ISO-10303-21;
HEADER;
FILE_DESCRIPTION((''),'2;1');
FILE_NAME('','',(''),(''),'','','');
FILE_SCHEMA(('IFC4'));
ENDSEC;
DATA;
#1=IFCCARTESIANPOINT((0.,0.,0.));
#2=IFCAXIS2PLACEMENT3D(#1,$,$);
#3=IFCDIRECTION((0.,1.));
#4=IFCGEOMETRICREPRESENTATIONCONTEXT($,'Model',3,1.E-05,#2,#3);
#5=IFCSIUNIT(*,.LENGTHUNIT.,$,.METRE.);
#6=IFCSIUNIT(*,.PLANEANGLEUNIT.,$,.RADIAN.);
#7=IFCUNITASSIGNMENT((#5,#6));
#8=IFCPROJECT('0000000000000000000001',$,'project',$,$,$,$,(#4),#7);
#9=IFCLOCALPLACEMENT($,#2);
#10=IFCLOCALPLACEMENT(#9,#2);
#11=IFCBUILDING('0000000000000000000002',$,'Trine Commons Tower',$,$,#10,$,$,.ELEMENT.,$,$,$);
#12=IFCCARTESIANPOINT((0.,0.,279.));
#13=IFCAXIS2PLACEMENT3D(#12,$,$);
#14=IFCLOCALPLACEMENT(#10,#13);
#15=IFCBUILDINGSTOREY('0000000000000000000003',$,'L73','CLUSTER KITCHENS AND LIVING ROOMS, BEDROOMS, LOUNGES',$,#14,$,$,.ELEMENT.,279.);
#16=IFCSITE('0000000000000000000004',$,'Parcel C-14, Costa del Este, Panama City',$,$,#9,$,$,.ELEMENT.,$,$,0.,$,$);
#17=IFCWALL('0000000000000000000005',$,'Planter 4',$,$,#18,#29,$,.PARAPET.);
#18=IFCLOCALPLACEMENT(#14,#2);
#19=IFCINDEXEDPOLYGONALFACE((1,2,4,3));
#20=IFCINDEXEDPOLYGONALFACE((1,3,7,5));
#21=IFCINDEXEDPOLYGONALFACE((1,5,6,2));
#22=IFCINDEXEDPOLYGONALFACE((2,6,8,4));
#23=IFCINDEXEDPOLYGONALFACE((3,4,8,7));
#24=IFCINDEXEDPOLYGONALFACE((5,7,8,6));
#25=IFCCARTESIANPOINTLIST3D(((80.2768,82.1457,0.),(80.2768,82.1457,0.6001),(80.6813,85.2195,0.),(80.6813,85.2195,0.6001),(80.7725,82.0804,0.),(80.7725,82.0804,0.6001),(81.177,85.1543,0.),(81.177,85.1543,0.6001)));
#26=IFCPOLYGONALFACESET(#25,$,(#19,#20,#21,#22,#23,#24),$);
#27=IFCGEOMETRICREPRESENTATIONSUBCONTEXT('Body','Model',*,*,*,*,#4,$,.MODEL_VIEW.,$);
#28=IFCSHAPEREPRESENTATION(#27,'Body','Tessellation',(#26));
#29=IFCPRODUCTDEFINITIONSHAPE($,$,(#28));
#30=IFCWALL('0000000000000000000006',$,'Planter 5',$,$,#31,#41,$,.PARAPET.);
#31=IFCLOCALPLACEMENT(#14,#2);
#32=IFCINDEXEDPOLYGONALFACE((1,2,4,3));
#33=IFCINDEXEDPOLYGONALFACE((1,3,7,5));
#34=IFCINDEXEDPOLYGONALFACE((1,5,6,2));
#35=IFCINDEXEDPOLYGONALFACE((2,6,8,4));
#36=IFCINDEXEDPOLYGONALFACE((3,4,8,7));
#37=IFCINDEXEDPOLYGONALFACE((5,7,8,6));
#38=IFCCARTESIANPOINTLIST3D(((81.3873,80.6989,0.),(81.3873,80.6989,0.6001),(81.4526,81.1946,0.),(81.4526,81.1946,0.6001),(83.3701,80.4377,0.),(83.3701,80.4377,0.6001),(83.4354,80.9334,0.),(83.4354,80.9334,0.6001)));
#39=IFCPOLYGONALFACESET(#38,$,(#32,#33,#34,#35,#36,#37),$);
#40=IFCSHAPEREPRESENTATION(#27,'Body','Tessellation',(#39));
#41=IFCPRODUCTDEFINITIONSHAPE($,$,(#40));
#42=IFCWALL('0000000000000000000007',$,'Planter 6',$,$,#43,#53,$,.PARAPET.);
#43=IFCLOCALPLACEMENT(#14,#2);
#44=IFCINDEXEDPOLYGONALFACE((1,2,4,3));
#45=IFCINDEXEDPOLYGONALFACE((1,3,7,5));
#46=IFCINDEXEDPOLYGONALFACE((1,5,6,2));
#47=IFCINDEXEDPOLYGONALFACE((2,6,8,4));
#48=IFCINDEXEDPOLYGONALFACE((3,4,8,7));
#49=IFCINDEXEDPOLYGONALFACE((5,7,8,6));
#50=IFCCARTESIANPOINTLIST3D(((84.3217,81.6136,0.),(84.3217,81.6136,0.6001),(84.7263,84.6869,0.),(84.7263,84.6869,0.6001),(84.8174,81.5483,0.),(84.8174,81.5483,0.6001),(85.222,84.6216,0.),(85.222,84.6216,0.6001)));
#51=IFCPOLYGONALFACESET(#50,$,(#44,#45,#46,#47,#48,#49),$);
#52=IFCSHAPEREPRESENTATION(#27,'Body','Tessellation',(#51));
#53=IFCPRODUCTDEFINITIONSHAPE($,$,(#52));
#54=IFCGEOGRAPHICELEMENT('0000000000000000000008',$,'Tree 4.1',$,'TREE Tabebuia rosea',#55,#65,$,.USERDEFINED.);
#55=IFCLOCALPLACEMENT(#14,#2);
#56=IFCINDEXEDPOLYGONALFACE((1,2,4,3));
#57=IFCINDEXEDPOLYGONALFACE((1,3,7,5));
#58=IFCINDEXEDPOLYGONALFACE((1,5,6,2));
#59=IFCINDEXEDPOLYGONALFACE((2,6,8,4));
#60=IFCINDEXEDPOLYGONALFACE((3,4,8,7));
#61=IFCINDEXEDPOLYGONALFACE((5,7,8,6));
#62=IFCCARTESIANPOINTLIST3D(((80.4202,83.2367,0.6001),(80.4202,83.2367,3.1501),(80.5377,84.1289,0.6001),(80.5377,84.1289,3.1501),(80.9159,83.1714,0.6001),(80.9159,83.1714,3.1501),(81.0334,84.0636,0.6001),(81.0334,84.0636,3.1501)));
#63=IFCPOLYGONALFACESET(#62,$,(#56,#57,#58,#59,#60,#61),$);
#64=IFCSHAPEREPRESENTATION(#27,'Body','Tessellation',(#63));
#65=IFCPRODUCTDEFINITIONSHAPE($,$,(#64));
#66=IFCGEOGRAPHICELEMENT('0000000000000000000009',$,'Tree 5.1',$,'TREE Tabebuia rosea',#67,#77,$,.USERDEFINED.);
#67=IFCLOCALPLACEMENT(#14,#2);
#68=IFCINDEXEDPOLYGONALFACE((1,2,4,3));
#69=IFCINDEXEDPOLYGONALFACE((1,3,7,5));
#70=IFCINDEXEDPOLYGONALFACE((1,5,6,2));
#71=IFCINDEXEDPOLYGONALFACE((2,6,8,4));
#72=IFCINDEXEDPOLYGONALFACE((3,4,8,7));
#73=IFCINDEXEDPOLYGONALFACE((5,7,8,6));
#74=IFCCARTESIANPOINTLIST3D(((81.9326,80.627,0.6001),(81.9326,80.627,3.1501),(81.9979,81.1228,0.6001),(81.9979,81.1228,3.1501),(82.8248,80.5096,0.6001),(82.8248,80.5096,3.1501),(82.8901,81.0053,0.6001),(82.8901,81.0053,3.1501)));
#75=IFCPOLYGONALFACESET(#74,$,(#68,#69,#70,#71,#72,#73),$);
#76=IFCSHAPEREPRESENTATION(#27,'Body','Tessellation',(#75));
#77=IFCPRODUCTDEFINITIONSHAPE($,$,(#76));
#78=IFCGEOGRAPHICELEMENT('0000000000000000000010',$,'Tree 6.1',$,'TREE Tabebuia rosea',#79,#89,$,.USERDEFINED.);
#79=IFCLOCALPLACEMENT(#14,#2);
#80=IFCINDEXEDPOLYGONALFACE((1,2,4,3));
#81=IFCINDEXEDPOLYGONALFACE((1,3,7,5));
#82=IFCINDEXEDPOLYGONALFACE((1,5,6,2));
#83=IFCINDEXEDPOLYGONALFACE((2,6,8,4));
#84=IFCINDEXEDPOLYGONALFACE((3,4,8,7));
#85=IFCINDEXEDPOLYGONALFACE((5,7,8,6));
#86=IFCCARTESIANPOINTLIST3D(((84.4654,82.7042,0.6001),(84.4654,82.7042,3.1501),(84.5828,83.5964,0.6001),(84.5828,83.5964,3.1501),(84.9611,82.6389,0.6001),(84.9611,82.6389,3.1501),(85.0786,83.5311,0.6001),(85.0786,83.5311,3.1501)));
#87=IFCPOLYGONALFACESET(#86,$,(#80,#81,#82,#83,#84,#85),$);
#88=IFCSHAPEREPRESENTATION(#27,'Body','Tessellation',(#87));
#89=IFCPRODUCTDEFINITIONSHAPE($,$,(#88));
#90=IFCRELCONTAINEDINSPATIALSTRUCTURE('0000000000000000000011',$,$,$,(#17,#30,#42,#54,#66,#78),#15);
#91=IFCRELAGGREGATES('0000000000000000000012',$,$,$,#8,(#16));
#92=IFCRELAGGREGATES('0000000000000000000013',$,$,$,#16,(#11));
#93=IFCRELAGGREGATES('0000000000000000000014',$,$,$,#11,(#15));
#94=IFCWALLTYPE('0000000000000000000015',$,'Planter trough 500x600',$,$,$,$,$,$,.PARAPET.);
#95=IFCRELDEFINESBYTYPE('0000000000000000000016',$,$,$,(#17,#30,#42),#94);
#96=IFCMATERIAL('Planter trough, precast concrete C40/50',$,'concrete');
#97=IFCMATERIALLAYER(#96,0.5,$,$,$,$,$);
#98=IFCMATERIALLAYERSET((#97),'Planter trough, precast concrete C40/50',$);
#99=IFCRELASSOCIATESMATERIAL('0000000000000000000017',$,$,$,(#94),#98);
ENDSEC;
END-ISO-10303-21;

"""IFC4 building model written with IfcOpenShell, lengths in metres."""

from ifc_helpers import new_model, si_unit, direction, frame, frame_2d, origin, origin_2d, place, context, subcontext, project, spatial, rectangle, extrude, material, layer, layer_set, type_object, element, save


model = new_model("IFC4")

# Units and contexts
model_context = context("Model", 3, precision=1e-05, world=origin(), true_north=direction((0.0, 1.0)))
body_context = subcontext(model_context, "Body", "Model", "MODEL_VIEW")
ifc_project = project(units=[si_unit("LENGTHUNIT", "METRE"), si_unit("PLANEANGLEUNIT", "RADIAN")], contexts=[model_context])

# Site, building, storey
site_placement = place(None, origin())
site = spatial("IfcSite", under=ifc_project, at=site_placement, Name="Parcel C-14, Costa del Este, Panama City", CompositionType="ELEMENT", RefElevation=0.0)
building_placement = place(site_placement, origin())
building = spatial("IfcBuilding", under=site, at=building_placement, Name="Trine Commons Tower", CompositionType="ELEMENT")
storey_placement = place(building_placement, frame((0.0, 0.0, 279.0)))
storey = spatial("IfcBuildingStorey", under=building, at=storey_placement, Name="L73", Description="CLUSTER KITCHENS AND LIVING ROOMS, BEDROOMS, LOUNGES", CompositionType="ELEMENT", Elevation=279.0)

# Walls
ifc_material_1 = material(Name="Planter trough, precast concrete C40/50", Category="concrete")
ifc_layer_1 = layer(ifc_material_1, 0.5)
ifc_layer_set_1 = layer_set([ifc_layer_1], Name="Planter trough, precast concrete C40/50")
wall_type_1 = type_object("IfcWallType", Name="Planter trough 500x600", PredefinedType="PARAPET", material=ifc_layer_set_1)
wall_1_placement = place(storey_placement, frame((80.9292, 85.187, 0.0), z_axis=(0.0, 0.0, 1.0), x_axis=(-0.130487, -0.99145, 0.0)))
element("IfcWall", 1, at=wall_1_placement, inside=storey, type_object=wall_type_1, Name="Planter 4", PredefinedType="PARAPET", context=body_context, shape_type="SweptSolid", body=[
    extrude(rectangle(XDim=3.1003, YDim=0.5, at=frame_2d((1.5503, 0.0))), origin(), (0.0, 0.0, 1.0), 0.6001),
])
wall_2_placement = place(storey_placement, frame((81.4199, 80.9468, 0.0), z_axis=(0.0, 0.0, 1.0), x_axis=(0.991434, -0.130612, 0.0)))
element("IfcWall", 2, at=wall_2_placement, inside=storey, type_object=wall_type_1, Name="Planter 5", PredefinedType="PARAPET", context=body_context, shape_type="SweptSolid", body=[
    extrude(rectangle(XDim=2.0, YDim=0.5, at=frame_2d((1.0, 0.0))), origin(), (0.0, 0.0, 1.0), 0.6001),
])
wall_3_placement = place(storey_placement, frame((84.5696, 81.5811, 0.0), z_axis=(0.0, 0.0, 1.0), x_axis=(0.130507, 0.991447, 0.0)))
element("IfcWall", 3, at=wall_3_placement, inside=storey, type_object=wall_type_1, Name="Planter 6", PredefinedType="PARAPET", context=body_context, shape_type="SweptSolid", body=[
    extrude(rectangle(XDim=3.0999, YDim=0.5, at=frame_2d((1.5498, 0.0))), origin(), (0.0, 0.0, 1.0), 0.6001),
])

# Geographic elements
for number, where, z_axis, x_axis, name in (
    (4, (80.7268, 83.6501, 0.6001), (0.0, 0.0, 1.0), (-0.130514, -0.991446, 0.0), "Tree 4.1"),
    (5, (82.4114, 80.8162, 0.6001), (0.0, 0.0, 1.0), (0.991443, -0.130543, 0.0), "Tree 5.1"),
    (6, (84.772, 83.1177, 0.6001), (0.0, 0.0, 1.0), (0.130518, 0.991446, 0.0), "Tree 6.1"),
):
    element("IfcGeographicElement", number, at=place(storey_placement, frame(where, z_axis=z_axis, x_axis=x_axis)), inside=storey, Name=name, ObjectType="TREE Tabebuia rosea", PredefinedType="USERDEFINED", context=body_context, shape_type="SweptSolid", body=[
        extrude(rectangle(XDim=0.8999, YDim=0.5, at=origin_2d()), origin(), (0.0, 0.0, 1.0), 2.55),
    ])

save(model, "model.ifc")
